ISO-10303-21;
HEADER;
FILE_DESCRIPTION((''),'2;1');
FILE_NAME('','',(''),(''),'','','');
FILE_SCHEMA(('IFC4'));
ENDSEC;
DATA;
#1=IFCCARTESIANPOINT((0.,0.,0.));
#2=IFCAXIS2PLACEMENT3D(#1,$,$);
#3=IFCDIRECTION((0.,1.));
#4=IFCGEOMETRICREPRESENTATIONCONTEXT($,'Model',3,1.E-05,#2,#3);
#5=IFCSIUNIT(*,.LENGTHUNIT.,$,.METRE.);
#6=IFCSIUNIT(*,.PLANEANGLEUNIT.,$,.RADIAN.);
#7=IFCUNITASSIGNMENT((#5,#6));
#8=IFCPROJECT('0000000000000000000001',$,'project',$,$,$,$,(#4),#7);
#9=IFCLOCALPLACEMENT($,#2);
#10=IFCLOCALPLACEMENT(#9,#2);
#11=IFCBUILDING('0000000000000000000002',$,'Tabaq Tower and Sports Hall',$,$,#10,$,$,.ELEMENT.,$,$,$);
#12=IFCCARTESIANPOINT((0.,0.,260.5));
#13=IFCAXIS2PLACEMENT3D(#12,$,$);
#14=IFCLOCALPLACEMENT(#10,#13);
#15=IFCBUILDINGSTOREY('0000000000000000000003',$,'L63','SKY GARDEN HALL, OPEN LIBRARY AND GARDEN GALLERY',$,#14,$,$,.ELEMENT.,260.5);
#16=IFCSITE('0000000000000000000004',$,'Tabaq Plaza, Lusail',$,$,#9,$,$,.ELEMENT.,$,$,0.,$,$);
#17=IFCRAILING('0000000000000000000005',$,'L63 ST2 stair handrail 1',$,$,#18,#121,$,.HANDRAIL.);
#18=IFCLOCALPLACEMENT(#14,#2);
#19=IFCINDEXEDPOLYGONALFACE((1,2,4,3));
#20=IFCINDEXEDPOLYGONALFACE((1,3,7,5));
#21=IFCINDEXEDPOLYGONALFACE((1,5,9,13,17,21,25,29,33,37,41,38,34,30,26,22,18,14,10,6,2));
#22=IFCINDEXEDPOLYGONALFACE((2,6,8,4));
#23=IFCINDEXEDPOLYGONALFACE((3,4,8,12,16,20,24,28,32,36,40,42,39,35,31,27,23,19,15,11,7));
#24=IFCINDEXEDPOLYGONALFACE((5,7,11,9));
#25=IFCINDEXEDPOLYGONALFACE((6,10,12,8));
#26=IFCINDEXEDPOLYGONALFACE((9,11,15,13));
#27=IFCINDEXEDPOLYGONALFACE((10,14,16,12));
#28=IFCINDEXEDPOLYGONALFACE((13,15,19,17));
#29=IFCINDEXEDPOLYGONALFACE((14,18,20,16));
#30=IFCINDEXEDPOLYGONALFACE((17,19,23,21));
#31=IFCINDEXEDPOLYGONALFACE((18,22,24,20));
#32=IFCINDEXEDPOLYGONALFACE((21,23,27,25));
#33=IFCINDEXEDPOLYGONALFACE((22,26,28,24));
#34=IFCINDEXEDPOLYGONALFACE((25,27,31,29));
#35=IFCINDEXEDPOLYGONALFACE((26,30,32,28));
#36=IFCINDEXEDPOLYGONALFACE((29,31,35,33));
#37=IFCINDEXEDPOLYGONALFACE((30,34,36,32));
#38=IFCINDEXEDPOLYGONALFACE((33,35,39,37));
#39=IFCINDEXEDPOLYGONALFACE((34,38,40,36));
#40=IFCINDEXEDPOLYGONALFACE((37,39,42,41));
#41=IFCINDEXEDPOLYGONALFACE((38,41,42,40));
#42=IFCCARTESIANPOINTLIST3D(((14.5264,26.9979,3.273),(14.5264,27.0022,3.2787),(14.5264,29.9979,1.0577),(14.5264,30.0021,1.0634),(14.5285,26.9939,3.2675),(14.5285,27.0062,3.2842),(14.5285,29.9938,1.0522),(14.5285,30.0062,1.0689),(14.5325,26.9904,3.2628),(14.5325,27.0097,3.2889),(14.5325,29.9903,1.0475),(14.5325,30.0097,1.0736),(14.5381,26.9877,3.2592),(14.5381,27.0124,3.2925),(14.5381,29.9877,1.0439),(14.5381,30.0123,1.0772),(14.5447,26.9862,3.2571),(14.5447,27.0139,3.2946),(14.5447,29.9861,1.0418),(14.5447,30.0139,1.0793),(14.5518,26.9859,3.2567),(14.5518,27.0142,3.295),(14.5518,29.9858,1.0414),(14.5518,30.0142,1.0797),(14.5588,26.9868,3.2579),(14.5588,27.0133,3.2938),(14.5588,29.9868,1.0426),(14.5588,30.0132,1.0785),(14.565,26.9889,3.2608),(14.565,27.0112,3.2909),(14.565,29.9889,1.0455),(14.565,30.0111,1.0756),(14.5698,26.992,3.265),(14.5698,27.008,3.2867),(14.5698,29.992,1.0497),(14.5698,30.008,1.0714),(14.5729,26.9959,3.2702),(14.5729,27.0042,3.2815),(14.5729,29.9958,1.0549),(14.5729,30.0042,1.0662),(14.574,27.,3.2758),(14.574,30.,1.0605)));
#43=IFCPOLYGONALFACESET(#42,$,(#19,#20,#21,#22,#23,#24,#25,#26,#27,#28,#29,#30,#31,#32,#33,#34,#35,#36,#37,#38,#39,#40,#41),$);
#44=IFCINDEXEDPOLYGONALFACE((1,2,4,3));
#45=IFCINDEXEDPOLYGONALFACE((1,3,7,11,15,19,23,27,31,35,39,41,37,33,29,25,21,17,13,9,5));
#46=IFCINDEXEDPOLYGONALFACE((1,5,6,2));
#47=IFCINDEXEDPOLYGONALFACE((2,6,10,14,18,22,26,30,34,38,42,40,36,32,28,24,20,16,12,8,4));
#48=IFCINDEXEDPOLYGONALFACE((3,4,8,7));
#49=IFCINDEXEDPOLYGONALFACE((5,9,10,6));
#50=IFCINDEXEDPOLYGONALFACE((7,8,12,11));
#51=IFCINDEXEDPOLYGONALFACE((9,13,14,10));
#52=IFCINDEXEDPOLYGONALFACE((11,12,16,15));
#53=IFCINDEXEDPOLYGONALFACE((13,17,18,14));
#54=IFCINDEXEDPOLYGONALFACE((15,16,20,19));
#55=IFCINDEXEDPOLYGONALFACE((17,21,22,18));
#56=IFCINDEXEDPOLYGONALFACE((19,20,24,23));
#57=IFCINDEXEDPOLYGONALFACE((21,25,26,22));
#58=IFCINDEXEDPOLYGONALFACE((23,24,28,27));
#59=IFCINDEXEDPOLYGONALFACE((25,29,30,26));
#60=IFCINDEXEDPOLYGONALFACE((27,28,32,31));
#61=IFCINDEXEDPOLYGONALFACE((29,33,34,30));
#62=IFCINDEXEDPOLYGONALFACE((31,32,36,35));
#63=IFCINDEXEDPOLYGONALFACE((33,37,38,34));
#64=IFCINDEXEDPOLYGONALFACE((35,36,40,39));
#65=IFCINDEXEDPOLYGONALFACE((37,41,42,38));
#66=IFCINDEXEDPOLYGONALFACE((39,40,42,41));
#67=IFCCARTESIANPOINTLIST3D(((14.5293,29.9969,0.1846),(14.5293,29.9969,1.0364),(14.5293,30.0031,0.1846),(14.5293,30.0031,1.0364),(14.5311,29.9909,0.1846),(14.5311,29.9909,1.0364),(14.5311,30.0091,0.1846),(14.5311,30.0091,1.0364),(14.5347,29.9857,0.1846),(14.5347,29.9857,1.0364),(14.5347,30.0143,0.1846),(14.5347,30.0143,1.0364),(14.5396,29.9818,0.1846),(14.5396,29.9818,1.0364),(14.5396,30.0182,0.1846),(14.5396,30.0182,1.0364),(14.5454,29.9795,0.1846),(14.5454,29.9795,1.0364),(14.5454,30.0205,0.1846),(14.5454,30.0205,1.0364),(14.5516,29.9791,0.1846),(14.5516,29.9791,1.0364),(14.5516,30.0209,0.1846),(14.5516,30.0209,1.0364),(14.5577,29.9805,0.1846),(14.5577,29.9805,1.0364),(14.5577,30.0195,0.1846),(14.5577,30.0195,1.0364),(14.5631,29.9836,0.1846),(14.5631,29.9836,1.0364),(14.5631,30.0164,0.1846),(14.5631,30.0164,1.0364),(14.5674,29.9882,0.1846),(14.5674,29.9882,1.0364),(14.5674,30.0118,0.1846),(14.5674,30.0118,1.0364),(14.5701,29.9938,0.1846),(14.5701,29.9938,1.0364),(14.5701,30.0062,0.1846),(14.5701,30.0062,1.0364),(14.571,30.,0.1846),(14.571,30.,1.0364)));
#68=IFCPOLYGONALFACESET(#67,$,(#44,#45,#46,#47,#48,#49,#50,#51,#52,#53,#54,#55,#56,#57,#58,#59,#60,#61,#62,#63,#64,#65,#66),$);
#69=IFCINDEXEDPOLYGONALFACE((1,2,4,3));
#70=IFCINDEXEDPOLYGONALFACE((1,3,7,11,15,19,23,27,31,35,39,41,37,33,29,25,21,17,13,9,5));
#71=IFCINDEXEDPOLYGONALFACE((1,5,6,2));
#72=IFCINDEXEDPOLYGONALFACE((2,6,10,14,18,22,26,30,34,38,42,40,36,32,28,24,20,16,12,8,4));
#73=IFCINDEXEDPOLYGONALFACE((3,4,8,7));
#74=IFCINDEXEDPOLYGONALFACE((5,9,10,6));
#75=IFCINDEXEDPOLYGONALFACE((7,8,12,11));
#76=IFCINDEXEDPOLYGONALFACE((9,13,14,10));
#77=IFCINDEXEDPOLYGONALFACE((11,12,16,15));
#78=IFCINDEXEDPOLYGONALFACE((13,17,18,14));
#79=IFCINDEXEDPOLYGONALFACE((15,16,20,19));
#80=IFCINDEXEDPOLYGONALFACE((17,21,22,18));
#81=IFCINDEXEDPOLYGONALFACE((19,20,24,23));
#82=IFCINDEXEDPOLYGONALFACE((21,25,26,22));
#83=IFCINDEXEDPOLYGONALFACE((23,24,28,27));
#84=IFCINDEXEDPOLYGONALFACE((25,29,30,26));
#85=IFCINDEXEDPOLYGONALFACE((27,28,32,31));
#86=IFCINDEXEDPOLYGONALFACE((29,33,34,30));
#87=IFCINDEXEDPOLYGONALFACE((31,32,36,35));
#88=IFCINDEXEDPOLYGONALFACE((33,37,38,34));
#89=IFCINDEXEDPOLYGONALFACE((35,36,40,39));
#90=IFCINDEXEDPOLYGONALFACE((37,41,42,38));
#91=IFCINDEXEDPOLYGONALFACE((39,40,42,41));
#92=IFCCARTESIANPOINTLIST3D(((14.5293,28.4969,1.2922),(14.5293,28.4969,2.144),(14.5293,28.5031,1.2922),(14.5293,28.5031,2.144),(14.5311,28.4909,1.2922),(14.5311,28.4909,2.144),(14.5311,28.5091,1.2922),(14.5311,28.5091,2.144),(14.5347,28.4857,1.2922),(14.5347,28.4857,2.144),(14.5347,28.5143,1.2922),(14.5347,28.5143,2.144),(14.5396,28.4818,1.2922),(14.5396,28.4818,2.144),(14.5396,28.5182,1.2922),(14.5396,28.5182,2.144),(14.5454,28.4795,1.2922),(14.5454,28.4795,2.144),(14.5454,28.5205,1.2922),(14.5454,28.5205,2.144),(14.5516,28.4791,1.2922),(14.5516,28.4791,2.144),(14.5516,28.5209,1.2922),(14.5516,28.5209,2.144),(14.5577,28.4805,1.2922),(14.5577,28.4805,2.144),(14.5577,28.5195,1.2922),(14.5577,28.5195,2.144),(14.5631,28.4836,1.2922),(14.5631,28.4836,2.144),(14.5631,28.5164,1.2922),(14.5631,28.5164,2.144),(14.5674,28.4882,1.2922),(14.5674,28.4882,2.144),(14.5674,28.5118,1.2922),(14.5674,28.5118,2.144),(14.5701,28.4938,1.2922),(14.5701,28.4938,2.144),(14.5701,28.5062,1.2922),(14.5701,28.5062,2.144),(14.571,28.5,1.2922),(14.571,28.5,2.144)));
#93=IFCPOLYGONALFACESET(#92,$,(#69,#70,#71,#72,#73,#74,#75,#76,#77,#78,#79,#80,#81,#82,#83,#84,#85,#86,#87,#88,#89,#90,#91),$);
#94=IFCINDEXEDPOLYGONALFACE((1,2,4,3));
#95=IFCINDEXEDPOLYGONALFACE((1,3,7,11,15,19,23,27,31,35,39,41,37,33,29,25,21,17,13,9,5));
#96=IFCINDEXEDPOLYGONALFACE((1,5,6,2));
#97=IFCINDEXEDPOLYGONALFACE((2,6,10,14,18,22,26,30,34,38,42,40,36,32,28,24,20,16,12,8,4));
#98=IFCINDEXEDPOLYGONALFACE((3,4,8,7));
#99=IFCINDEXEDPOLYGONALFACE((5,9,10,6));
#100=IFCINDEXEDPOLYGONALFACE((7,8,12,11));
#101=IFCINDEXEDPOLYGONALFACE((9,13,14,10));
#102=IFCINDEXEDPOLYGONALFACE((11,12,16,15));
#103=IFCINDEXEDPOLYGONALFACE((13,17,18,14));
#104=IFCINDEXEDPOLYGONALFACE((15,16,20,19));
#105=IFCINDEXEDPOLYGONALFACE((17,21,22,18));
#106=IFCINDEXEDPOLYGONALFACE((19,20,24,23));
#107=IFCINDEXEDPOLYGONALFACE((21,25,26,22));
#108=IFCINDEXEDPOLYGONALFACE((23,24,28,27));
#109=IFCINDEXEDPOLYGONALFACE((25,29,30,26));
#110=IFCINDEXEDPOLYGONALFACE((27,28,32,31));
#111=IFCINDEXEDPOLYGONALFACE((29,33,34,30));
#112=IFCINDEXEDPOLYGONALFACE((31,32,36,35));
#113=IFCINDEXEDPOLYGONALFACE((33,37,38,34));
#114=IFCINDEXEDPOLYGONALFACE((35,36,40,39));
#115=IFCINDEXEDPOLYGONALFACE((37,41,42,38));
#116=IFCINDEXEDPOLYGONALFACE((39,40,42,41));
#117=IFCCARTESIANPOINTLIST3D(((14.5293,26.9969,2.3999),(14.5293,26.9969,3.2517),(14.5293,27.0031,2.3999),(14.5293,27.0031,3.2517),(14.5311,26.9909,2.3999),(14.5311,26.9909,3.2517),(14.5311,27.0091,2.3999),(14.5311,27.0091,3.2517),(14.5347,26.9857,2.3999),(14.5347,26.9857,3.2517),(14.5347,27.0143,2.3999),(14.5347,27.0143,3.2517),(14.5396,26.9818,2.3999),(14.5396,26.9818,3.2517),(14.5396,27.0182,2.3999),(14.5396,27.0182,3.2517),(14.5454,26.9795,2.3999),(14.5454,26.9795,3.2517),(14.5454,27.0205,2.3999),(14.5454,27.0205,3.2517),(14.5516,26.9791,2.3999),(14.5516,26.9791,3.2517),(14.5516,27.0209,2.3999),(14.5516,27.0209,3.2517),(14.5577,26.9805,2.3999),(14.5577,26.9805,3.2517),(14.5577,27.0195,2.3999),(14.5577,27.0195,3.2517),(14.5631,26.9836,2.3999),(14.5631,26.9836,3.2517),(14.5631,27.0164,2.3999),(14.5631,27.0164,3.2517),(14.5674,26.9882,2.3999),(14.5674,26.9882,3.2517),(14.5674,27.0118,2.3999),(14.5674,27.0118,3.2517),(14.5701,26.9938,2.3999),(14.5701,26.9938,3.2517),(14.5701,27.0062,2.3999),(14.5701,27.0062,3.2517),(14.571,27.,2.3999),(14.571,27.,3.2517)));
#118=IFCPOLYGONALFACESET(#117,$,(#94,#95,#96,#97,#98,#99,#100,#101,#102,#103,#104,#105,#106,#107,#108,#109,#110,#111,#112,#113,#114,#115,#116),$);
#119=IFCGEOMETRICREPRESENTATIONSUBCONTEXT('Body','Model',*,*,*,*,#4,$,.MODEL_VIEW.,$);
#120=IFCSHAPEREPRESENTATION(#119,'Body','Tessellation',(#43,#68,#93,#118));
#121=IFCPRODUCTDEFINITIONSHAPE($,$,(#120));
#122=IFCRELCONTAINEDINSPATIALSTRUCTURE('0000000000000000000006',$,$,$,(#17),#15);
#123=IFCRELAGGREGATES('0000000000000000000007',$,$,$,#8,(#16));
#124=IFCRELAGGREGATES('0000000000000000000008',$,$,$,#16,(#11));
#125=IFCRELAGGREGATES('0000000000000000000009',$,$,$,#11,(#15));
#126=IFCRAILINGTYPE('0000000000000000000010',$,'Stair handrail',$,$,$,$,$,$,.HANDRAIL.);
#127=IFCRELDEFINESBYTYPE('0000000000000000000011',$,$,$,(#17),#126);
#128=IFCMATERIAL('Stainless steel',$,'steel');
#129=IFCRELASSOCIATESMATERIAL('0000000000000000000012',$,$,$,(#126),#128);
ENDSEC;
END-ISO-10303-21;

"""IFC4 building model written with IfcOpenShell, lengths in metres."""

from ifc_helpers import new_model, si_unit, direction, frame, origin, origin_2d, place, context, subcontext, project, spatial, circle, extrude, material, type_object, element, save


model = new_model("IFC4")

# Units and contexts
model_context = context("Model", 3, precision=1e-05, world=origin(), true_north=direction((0.0, 1.0)))
body_context = subcontext(model_context, "Body", "Model", "MODEL_VIEW")
ifc_project = project(units=[si_unit("LENGTHUNIT", "METRE"), si_unit("PLANEANGLEUNIT", "RADIAN")], contexts=[model_context])

# Site, building, storey
site_placement = place(None, origin())
site = spatial("IfcSite", under=ifc_project, at=site_placement, Name="Tabaq Plaza, Lusail", CompositionType="ELEMENT", RefElevation=0.0)
building_placement = place(site_placement, origin())
building = spatial("IfcBuilding", under=site, at=building_placement, Name="Tabaq Tower and Sports Hall", CompositionType="ELEMENT")
storey_placement = place(building_placement, frame((0.0, 0.0, 260.5)))
storey = spatial("IfcBuildingStorey", under=building, at=storey_placement, Name="L63", Description="SKY GARDEN HALL, OPEN LIBRARY AND GARDEN GALLERY", CompositionType="ELEMENT", Elevation=260.5)

# Railing
ifc_material_1 = material(Name="Stainless steel", Category="steel")
railing_type_1 = type_object("IfcRailingType", Name="Stair handrail", PredefinedType="HANDRAIL", material=ifc_material_1)
railing_1_placement = place(storey_placement, frame((14.55, 30.0, 0.1846)))
element("IfcRailing", 1, at=railing_1_placement, inside=storey, type_object=railing_type_1, Name="L63 ST2 stair handrail 1", PredefinedType="HANDRAIL", context=body_context, shape_type="SweptSolid", body=[
    extrude(circle(Radius=0.0239, at=origin_2d()), frame((0.0, 0.0, 0.876), z_axis=(0.0, -0.80444, 0.594034), x_axis=(1.0, 0.0, 0.0)), (0.0, 0.0, 1.0), 3.7292),
    extrude(circle(Radius=0.021, at=origin_2d()), origin(), (0.0, 0.0, 1.0), 0.8518),
    extrude(circle(Radius=0.021, at=origin_2d()), frame((0.0, -1.5, 1.1077)), (0.0, 0.0, 1.0), 0.8518),
    extrude(circle(Radius=0.021, at=origin_2d()), frame((0.0, -3.0, 2.2153)), (0.0, 0.0, 1.0), 0.8518),
])

save(model, "model.ifc")
